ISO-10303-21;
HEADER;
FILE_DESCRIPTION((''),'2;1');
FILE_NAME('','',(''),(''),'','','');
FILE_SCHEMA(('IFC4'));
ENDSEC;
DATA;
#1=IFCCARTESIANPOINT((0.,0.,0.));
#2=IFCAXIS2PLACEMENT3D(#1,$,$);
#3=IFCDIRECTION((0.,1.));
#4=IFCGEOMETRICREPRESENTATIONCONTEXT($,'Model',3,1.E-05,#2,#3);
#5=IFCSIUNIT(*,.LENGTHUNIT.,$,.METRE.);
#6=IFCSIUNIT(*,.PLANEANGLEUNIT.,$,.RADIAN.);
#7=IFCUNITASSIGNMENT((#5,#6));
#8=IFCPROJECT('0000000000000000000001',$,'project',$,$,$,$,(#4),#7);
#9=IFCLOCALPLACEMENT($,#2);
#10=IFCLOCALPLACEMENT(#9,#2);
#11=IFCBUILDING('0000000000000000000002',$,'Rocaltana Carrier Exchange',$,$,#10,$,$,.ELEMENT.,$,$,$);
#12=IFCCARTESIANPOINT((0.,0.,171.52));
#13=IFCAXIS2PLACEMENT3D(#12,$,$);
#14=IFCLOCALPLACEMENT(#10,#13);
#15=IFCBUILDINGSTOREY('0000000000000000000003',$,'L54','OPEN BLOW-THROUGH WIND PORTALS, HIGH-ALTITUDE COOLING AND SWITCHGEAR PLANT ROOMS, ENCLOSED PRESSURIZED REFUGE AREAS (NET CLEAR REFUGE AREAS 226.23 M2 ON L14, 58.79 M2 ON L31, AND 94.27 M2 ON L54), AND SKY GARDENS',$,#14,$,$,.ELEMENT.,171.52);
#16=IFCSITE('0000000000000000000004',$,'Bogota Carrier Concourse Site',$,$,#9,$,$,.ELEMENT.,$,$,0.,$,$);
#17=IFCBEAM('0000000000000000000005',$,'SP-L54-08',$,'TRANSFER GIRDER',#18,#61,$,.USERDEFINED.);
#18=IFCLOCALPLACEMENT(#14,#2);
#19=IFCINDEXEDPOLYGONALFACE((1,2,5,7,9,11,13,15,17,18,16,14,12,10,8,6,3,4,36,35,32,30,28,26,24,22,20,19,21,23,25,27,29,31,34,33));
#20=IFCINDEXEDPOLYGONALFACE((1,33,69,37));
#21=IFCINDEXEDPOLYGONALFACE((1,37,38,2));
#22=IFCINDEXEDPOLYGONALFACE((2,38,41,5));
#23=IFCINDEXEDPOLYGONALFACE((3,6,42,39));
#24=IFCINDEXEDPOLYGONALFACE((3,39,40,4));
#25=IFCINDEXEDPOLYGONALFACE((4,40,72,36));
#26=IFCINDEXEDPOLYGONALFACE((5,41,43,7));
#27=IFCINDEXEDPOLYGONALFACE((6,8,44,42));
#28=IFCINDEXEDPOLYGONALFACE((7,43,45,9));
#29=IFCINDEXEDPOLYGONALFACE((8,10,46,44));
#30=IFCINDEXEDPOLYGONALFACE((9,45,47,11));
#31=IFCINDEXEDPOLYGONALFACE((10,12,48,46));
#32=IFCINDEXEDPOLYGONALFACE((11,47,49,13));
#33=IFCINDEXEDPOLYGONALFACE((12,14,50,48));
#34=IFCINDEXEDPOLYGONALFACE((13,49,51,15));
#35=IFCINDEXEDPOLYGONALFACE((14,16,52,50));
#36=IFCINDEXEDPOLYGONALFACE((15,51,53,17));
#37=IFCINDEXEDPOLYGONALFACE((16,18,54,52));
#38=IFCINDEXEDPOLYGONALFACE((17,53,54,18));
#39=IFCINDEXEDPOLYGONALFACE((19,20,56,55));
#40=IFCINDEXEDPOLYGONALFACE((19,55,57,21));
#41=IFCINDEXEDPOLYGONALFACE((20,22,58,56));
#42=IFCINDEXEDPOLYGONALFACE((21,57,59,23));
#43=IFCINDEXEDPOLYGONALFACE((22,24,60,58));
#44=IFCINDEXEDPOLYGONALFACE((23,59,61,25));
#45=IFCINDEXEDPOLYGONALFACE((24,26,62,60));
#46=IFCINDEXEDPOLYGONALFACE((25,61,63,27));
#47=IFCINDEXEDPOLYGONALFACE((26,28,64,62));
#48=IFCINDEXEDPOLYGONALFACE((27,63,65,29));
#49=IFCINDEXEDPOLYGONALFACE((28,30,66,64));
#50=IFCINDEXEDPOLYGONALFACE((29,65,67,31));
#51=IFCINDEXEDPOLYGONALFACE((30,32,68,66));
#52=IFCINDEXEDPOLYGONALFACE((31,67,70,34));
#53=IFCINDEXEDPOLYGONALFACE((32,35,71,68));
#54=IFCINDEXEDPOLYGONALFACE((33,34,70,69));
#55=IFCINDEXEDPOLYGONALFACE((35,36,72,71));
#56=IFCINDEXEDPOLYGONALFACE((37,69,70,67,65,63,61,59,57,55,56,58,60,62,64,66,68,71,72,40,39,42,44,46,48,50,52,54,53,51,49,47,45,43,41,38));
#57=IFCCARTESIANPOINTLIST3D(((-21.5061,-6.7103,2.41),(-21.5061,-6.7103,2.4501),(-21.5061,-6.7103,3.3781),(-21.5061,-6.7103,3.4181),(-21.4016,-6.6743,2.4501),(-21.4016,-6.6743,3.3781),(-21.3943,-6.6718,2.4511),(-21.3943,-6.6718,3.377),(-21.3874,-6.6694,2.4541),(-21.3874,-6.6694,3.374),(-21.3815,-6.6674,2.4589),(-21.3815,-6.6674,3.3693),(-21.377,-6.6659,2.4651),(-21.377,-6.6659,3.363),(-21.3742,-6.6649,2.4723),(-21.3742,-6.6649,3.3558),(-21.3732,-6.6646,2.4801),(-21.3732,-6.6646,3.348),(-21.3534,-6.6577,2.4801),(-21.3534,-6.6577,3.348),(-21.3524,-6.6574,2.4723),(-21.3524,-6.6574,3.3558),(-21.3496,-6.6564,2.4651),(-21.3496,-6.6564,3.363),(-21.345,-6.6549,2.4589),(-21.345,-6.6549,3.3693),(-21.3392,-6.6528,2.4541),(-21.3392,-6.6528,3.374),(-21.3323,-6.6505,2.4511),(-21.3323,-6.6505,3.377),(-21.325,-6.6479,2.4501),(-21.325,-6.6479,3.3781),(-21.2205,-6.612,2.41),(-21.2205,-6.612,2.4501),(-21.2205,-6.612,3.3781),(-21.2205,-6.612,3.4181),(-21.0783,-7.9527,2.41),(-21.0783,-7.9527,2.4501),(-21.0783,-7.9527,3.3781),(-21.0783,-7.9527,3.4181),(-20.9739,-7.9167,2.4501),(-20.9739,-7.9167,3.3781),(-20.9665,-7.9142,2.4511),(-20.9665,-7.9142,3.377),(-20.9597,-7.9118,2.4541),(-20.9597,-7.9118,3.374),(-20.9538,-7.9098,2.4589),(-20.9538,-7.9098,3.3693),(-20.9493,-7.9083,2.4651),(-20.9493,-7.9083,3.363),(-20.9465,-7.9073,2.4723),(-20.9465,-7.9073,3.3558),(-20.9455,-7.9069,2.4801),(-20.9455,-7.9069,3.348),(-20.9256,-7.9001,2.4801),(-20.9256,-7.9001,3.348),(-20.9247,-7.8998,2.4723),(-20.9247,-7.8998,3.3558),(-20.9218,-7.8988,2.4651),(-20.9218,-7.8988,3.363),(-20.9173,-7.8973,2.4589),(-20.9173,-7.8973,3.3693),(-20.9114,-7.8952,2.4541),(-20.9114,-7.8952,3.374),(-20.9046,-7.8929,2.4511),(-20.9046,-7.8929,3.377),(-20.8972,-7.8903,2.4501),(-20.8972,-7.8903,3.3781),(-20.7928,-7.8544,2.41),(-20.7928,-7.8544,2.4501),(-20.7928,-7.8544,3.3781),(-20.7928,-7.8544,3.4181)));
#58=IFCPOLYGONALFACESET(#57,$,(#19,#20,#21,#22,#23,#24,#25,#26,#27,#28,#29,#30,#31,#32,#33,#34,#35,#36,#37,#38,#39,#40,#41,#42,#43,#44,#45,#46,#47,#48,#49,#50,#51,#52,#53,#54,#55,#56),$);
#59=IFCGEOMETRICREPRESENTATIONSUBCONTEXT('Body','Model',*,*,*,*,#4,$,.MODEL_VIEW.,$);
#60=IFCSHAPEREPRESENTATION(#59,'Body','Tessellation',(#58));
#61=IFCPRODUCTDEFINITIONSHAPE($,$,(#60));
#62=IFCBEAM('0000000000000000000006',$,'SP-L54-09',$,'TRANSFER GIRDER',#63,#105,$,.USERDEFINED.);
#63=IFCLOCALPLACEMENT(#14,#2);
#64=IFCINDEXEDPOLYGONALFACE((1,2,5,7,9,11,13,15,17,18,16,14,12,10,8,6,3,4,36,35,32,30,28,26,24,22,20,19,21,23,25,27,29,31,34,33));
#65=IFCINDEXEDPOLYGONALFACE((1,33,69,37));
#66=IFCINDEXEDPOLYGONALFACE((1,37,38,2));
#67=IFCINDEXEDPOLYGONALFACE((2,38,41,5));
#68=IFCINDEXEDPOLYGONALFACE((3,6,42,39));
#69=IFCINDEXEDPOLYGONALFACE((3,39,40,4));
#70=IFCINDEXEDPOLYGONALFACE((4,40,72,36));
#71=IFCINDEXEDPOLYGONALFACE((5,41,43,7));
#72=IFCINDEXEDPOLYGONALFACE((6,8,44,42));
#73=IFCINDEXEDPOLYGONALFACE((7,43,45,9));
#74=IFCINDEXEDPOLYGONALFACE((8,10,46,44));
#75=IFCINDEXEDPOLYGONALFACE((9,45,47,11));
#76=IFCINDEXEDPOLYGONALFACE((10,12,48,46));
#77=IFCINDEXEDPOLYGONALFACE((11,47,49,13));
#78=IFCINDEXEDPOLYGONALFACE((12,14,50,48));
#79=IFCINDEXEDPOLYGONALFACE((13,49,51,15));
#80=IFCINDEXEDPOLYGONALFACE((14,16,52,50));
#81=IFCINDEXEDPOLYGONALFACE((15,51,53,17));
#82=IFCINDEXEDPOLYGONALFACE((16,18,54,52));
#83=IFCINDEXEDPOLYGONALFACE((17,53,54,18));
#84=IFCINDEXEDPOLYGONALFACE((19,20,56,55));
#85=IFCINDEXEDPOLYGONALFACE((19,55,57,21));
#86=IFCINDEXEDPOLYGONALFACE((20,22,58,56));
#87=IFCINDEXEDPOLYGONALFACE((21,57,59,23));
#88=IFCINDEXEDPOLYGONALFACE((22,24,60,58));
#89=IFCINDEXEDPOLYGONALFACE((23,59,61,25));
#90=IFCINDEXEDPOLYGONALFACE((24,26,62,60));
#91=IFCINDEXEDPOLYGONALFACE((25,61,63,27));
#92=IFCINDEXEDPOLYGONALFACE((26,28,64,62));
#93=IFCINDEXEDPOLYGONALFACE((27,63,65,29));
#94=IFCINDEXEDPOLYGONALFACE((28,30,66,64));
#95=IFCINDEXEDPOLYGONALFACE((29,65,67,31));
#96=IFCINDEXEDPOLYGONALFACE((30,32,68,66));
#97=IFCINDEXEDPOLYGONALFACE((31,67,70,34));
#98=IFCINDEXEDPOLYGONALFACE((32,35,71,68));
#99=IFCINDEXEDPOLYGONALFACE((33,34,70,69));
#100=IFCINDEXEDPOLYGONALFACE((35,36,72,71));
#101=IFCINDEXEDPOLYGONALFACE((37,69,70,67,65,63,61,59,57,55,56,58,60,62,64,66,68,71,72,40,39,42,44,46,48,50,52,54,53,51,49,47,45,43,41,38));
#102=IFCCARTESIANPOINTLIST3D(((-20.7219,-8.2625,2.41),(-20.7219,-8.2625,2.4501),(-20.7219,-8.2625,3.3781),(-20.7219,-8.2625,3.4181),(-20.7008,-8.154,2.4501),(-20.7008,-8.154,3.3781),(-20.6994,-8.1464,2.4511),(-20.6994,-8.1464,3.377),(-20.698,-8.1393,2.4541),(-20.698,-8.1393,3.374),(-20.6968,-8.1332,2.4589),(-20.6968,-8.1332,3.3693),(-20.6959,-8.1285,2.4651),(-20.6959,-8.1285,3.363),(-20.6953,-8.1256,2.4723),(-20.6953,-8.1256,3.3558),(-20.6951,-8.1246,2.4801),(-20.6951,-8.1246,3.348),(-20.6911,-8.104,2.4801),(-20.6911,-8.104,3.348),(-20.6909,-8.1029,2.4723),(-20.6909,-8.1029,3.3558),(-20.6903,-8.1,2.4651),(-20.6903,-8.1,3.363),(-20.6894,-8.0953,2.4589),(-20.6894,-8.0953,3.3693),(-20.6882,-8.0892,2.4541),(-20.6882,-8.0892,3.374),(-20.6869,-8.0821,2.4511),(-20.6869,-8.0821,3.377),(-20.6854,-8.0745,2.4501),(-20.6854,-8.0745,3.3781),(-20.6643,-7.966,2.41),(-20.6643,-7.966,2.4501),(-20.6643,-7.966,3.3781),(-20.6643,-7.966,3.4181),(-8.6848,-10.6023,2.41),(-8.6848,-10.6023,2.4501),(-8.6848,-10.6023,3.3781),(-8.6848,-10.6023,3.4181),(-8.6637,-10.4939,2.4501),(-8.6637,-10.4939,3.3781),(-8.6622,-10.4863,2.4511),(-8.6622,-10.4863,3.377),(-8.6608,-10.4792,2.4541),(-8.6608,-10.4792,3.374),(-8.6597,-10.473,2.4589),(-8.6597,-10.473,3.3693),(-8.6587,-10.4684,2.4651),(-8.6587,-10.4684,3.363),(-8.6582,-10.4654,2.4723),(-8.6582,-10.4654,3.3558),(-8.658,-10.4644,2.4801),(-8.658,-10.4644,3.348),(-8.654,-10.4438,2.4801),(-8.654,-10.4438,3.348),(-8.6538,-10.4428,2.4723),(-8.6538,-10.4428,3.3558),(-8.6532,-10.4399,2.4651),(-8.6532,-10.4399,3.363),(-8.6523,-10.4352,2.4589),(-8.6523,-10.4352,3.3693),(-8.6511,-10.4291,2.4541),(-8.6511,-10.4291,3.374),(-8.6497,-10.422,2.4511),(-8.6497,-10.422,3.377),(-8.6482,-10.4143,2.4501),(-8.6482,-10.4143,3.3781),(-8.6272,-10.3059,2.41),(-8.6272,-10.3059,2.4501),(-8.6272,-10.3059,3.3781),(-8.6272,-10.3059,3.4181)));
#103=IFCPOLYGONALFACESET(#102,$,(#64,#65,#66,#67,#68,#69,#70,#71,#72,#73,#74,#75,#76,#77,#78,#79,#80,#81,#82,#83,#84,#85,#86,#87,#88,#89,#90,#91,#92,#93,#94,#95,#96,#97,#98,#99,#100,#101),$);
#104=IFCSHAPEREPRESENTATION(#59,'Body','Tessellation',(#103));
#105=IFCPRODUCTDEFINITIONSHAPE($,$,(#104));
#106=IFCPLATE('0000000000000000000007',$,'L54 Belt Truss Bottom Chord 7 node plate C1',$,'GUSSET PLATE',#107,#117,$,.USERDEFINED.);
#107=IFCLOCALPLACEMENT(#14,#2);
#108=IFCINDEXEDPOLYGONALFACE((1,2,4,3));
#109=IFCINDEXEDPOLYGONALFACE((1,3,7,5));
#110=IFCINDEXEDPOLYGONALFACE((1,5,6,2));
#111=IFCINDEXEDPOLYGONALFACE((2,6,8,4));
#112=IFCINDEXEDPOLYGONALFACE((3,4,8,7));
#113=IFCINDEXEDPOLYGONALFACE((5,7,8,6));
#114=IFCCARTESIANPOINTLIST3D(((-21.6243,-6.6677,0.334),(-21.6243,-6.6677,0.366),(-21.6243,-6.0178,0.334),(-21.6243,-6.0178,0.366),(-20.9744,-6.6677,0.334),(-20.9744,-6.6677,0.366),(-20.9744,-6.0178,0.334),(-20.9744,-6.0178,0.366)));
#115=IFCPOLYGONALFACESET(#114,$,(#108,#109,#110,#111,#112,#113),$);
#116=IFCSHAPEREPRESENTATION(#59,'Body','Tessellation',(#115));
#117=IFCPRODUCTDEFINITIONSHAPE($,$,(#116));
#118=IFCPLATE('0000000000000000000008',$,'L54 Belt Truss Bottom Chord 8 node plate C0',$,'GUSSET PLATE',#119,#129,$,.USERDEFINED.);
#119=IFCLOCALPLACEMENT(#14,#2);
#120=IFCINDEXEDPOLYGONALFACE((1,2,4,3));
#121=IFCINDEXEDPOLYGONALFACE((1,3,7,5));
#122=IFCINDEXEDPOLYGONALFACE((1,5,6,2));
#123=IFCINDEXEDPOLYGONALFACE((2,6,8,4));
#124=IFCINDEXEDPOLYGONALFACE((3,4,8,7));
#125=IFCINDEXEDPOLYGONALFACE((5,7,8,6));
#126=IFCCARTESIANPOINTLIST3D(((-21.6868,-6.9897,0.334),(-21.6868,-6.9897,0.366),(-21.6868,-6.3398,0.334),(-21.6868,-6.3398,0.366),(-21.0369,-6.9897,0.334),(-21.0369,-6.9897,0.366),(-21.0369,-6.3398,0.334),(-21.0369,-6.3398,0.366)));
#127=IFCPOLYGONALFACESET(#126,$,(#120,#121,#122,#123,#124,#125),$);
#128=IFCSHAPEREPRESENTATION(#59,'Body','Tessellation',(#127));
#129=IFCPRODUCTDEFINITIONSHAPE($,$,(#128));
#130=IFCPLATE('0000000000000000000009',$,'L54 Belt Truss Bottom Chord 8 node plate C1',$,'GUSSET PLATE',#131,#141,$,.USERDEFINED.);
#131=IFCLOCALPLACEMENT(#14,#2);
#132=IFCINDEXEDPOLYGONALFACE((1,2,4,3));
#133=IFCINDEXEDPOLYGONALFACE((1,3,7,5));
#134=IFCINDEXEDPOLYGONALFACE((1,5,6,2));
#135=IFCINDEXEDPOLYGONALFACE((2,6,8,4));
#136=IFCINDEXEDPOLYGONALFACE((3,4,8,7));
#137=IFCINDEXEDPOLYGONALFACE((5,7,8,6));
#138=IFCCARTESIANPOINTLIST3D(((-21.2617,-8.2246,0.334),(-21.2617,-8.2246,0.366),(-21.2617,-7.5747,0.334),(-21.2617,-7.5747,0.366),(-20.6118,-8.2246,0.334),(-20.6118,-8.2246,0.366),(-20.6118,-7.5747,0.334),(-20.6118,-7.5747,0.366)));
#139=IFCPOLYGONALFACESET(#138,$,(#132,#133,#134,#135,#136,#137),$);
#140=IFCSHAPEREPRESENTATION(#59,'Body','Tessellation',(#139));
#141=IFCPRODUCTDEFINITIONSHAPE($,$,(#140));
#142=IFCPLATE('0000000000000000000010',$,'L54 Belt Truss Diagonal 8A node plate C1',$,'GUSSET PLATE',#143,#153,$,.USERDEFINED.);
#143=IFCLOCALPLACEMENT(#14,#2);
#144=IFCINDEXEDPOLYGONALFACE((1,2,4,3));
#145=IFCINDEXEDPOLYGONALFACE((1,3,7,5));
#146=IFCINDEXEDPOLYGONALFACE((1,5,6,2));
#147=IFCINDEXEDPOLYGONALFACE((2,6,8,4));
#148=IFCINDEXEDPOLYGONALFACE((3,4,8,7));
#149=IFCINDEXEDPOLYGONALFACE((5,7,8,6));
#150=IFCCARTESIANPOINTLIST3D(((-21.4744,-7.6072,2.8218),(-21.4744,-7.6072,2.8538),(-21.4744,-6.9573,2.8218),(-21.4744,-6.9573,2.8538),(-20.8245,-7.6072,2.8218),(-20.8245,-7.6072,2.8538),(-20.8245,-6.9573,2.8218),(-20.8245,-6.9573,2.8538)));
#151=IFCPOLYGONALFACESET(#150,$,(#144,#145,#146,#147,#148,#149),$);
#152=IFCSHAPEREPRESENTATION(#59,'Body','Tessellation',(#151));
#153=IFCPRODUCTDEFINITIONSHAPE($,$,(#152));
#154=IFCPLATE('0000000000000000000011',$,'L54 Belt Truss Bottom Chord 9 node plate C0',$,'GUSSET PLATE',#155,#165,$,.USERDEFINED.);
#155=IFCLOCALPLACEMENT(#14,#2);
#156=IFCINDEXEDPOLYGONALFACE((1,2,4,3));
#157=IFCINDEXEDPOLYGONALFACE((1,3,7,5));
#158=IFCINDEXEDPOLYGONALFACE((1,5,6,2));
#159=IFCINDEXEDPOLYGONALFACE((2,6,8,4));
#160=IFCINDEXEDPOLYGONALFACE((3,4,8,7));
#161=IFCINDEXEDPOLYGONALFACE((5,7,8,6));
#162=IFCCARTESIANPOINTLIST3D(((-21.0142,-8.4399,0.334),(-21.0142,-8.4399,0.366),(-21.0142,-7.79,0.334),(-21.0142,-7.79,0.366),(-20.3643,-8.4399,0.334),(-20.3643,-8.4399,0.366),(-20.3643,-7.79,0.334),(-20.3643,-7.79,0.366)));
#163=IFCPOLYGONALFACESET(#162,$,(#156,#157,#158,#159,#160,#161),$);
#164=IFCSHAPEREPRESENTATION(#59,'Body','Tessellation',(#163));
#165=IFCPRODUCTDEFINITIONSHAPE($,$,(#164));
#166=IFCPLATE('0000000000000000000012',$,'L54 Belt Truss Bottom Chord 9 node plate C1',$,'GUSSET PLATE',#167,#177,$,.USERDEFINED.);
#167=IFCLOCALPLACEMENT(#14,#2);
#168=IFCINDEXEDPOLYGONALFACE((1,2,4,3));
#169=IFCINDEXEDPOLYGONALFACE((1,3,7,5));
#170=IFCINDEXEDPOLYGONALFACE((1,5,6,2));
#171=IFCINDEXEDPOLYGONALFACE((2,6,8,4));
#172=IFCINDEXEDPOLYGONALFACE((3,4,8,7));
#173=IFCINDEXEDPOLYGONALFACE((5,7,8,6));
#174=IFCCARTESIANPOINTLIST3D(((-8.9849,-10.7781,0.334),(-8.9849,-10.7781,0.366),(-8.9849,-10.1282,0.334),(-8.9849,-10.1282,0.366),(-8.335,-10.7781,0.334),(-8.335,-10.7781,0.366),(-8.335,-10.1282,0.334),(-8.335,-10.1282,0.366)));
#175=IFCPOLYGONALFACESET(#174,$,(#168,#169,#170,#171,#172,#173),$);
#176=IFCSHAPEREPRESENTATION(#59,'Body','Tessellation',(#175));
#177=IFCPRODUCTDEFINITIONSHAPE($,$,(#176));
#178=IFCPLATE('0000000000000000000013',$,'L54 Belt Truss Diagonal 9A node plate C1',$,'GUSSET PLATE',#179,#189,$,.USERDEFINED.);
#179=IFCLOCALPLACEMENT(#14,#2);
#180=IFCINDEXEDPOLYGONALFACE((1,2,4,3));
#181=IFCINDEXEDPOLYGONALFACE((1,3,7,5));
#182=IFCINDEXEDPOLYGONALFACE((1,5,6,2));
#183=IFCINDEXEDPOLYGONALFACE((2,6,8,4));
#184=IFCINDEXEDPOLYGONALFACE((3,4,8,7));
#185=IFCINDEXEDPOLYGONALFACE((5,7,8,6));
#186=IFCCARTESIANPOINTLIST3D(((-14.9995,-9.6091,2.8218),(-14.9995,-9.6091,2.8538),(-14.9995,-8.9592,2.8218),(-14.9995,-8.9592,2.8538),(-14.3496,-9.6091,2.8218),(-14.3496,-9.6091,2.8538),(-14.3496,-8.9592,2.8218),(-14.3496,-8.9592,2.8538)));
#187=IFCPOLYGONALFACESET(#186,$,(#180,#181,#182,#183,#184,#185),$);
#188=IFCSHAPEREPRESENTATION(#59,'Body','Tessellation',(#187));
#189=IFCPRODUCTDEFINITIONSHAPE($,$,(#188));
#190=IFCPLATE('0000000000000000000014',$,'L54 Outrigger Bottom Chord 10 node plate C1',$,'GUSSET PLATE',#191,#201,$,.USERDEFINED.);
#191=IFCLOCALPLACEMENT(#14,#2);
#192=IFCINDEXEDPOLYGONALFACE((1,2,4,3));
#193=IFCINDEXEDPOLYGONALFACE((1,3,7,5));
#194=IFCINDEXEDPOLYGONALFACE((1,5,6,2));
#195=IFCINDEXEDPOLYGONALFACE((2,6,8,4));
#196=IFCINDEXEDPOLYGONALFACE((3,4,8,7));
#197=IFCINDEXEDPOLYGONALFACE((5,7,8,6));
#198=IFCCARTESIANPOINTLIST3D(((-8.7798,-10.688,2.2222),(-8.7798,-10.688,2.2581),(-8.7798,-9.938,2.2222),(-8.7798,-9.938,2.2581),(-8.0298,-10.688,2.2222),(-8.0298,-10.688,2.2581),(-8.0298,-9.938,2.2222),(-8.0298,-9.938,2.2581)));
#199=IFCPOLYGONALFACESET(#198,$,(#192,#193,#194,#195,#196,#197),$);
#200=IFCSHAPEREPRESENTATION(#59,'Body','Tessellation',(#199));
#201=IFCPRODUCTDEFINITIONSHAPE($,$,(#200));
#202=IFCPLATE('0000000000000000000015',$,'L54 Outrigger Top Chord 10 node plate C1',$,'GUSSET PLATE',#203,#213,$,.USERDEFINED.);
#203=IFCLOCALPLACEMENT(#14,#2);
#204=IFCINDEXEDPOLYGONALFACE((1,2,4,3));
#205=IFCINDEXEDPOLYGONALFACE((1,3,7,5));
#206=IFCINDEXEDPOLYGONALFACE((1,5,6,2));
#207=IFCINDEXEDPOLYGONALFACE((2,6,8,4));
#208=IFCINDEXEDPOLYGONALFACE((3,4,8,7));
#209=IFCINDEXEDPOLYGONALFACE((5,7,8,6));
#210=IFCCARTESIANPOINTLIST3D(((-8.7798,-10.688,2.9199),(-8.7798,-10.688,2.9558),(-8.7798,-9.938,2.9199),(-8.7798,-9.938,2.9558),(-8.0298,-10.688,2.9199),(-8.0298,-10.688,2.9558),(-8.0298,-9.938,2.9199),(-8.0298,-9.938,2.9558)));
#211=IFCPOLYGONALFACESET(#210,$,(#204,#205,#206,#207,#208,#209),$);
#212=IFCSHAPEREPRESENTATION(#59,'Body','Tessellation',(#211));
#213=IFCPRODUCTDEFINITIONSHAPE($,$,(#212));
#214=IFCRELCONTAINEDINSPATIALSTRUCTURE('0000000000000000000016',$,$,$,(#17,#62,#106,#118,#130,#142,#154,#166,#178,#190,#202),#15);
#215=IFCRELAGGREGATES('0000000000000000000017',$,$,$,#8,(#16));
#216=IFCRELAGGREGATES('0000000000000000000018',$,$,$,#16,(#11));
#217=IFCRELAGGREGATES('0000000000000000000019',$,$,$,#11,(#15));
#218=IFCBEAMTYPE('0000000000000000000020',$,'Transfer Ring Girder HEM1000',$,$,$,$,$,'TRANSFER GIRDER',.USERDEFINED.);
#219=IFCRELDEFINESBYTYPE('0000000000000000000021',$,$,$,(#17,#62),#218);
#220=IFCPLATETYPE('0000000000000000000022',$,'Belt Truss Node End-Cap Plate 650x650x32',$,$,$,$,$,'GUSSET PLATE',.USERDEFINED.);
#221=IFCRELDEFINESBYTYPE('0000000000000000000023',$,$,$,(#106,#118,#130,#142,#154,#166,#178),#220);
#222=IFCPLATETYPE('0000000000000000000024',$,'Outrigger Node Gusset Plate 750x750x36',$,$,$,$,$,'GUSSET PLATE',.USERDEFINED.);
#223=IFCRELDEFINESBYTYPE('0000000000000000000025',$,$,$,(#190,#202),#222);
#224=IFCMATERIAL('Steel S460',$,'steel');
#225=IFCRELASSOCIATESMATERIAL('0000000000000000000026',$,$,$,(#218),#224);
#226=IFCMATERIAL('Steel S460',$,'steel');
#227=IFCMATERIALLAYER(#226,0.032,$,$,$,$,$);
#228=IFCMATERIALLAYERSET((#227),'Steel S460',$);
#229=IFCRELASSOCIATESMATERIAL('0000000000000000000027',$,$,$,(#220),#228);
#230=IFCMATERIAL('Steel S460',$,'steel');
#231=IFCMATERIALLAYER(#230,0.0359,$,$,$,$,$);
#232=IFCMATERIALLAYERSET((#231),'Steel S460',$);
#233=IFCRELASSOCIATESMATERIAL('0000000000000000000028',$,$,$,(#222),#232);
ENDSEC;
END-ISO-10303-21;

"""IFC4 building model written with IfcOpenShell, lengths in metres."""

from ifc_helpers import new_model, si_unit, direction, frame, origin, origin_2d, place, context, subcontext, project, spatial, rectangle, i_section, extrude, material, layer, layer_set, material_profile, profile_set, type_object, element, save


model = new_model("IFC4")

# Units and contexts
model_context = context("Model", 3, precision=1e-05, world=origin(), true_north=direction((0.0, 1.0)))
body_context = subcontext(model_context, "Body", "Model", "MODEL_VIEW")
ifc_project = project(units=[si_unit("LENGTHUNIT", "METRE"), si_unit("PLANEANGLEUNIT", "RADIAN")], contexts=[model_context])

# Site, building, storey
site_placement = place(None, origin())
site = spatial("IfcSite", under=ifc_project, at=site_placement, Name="Bogota Carrier Concourse Site", CompositionType="ELEMENT", RefElevation=0.0)
building_placement = place(site_placement, origin())
building = spatial("IfcBuilding", under=site, at=building_placement, Name="Rocaltana Carrier Exchange", CompositionType="ELEMENT")
storey_placement = place(building_placement, frame((0.0, 0.0, 171.52)))
storey = spatial("IfcBuildingStorey", under=building, at=storey_placement, Name="L54", Description="OPEN BLOW-THROUGH WIND PORTALS, HIGH-ALTITUDE COOLING AND SWITCHGEAR PLANT ROOMS, ENCLOSED PRESSURIZED REFUGE AREAS (NET CLEAR REFUGE AREAS 226.23 M2 ON L14, 58.79 M2 ON L31, AND 94.27 M2 ON L54), AND SKY GARDENS", CompositionType="ELEMENT", Elevation=171.52)

# Beams
ifc_material_1 = material(Name="Steel S460", Category="steel")
ifc_material_profile_1 = material_profile(ifc_material_1, i_section(OverallWidth=0.302, OverallDepth=1.0081, WebThickness=0.021, FlangeThickness=0.04, FilletRadius=0.03, at=origin_2d()), Name="HEM1000")
ifc_profile_set_1 = profile_set([ifc_material_profile_1], Name="Steel S460")
beam_type_1 = type_object("IfcBeamType", Name="Transfer Ring Girder HEM1000", ElementType="TRANSFER GIRDER", PredefinedType="USERDEFINED", material=ifc_profile_set_1)
beam_1_placement = place(storey_placement, frame((-21.3633, -6.6611, 2.9141), z_axis=(0.325521, -0.945535, 0.0), x_axis=(0.945535, 0.325521, 0.0)))
element("IfcBeam", 1, at=beam_1_placement, inside=storey, type_object=beam_type_1, Name="SP-L54-08", ObjectType="TRANSFER GIRDER", PredefinedType="USERDEFINED", context=body_context, shape_type="SweptSolid", body=[
    extrude(i_section(OverallWidth=0.302, OverallDepth=1.0081, WebThickness=0.021, FlangeThickness=0.04, FilletRadius=0.03, at=origin_2d()), origin(), (0.0, 0.0, 1.0), 1.314),
])
beam_2_placement = place(storey_placement, frame((-20.6931, -8.1143, 2.9141), z_axis=(0.981626, -0.190814, 0.0), x_axis=(0.190814, 0.981626, 0.0)))
element("IfcBeam", 2, at=beam_2_placement, inside=storey, type_object=beam_type_1, Name="SP-L54-09", ObjectType="TRANSFER GIRDER", PredefinedType="USERDEFINED", context=body_context, shape_type="SweptSolid", body=[
    extrude(i_section(OverallWidth=0.302, OverallDepth=1.0081, WebThickness=0.021, FlangeThickness=0.04, FilletRadius=0.03, at=origin_2d()), origin(), (0.0, 0.0, 1.0), 12.2625),
])

# Plates
ifc_material_2 = material(Name="Steel S460", Category="steel")
ifc_layer_1 = layer(ifc_material_2, 0.032)
ifc_layer_set_1 = layer_set([ifc_layer_1], Name="Steel S460")
plate_type_1 = type_object("IfcPlateType", Name="Belt Truss Node End-Cap Plate 650x650x32", ElementType="GUSSET PLATE", PredefinedType="USERDEFINED", material=ifc_layer_set_1)
for number, where, z_axis, x_axis, name in (
    (3, (-21.2993, -6.3428, 0.334), (0.0, 0.0, 1.0), (1.0, 0.0, 0.0), "L54 Belt Truss Bottom Chord 7 node plate C1"),
    (4, (-21.3618, -6.6648, 0.334), (0.0, 0.0, 1.0), (1.0, 0.0, 0.0), "L54 Belt Truss Bottom Chord 8 node plate C0"),
    (5, (-20.9368, -7.8997, 0.334), (0.0, 0.0, 1.0), (1.0, 0.0, 0.0), "L54 Belt Truss Bottom Chord 8 node plate C1"),
    (6, (-21.1494, -7.2822, 2.8218), (0.0, 0.0, 1.0), (1.0, 0.0, 0.0), "L54 Belt Truss Diagonal 8A node plate C1"),
    (7, (-20.6892, -8.115, 0.334), (0.0, 0.0, 1.0), (1.0, 0.0, 0.0), "L54 Belt Truss Bottom Chord 9 node plate C0"),
    (8, (-8.6599, -10.4531, 0.334), (0.0, 0.0, 1.0), (1.0, 0.0, 0.0), "L54 Belt Truss Bottom Chord 9 node plate C1"),
    (9, (-14.6746, -9.2842, 2.8218), (0.0, 0.0, 1.0), (1.0, 0.0, 0.0), "L54 Belt Truss Diagonal 9A node plate C1"),
):
    element("IfcPlate", number, at=place(storey_placement, frame(where, z_axis=z_axis, x_axis=x_axis)), inside=storey, type_object=plate_type_1, Name=name, ObjectType="GUSSET PLATE", PredefinedType="USERDEFINED", context=body_context, shape_type="SweptSolid", body=[
        extrude(rectangle(XDim=0.6499, YDim=0.6499, at=origin_2d()), origin(), (0.0, 0.0, 1.0), 0.032),
    ])
ifc_material_3 = material(Name="Steel S460", Category="steel")
ifc_layer_2 = layer(ifc_material_3, 0.0359)
ifc_layer_set_2 = layer_set([ifc_layer_2], Name="Steel S460")
plate_type_2 = type_object("IfcPlateType", Name="Outrigger Node Gusset Plate 750x750x36", ElementType="GUSSET PLATE", PredefinedType="USERDEFINED", material=ifc_layer_set_2)
for number, where, z_axis, x_axis, name in (
    (10, (-8.4048, -10.313, 2.2222), (0.0, 0.0, 1.0), (1.0, 0.0, 0.0), "L54 Outrigger Bottom Chord 10 node plate C1"),
    (11, (-8.4048, -10.313, 2.9199), (0.0, 0.0, 1.0), (1.0, 0.0, 0.0), "L54 Outrigger Top Chord 10 node plate C1"),
):
    element("IfcPlate", number, at=place(storey_placement, frame(where, z_axis=z_axis, x_axis=x_axis)), inside=storey, type_object=plate_type_2, Name=name, ObjectType="GUSSET PLATE", PredefinedType="USERDEFINED", context=body_context, shape_type="SweptSolid", body=[
        extrude(rectangle(XDim=0.75, YDim=0.75, at=origin_2d()), origin(), (0.0, 0.0, 1.0), 0.0359),
    ])

save(model, "model.ifc")
